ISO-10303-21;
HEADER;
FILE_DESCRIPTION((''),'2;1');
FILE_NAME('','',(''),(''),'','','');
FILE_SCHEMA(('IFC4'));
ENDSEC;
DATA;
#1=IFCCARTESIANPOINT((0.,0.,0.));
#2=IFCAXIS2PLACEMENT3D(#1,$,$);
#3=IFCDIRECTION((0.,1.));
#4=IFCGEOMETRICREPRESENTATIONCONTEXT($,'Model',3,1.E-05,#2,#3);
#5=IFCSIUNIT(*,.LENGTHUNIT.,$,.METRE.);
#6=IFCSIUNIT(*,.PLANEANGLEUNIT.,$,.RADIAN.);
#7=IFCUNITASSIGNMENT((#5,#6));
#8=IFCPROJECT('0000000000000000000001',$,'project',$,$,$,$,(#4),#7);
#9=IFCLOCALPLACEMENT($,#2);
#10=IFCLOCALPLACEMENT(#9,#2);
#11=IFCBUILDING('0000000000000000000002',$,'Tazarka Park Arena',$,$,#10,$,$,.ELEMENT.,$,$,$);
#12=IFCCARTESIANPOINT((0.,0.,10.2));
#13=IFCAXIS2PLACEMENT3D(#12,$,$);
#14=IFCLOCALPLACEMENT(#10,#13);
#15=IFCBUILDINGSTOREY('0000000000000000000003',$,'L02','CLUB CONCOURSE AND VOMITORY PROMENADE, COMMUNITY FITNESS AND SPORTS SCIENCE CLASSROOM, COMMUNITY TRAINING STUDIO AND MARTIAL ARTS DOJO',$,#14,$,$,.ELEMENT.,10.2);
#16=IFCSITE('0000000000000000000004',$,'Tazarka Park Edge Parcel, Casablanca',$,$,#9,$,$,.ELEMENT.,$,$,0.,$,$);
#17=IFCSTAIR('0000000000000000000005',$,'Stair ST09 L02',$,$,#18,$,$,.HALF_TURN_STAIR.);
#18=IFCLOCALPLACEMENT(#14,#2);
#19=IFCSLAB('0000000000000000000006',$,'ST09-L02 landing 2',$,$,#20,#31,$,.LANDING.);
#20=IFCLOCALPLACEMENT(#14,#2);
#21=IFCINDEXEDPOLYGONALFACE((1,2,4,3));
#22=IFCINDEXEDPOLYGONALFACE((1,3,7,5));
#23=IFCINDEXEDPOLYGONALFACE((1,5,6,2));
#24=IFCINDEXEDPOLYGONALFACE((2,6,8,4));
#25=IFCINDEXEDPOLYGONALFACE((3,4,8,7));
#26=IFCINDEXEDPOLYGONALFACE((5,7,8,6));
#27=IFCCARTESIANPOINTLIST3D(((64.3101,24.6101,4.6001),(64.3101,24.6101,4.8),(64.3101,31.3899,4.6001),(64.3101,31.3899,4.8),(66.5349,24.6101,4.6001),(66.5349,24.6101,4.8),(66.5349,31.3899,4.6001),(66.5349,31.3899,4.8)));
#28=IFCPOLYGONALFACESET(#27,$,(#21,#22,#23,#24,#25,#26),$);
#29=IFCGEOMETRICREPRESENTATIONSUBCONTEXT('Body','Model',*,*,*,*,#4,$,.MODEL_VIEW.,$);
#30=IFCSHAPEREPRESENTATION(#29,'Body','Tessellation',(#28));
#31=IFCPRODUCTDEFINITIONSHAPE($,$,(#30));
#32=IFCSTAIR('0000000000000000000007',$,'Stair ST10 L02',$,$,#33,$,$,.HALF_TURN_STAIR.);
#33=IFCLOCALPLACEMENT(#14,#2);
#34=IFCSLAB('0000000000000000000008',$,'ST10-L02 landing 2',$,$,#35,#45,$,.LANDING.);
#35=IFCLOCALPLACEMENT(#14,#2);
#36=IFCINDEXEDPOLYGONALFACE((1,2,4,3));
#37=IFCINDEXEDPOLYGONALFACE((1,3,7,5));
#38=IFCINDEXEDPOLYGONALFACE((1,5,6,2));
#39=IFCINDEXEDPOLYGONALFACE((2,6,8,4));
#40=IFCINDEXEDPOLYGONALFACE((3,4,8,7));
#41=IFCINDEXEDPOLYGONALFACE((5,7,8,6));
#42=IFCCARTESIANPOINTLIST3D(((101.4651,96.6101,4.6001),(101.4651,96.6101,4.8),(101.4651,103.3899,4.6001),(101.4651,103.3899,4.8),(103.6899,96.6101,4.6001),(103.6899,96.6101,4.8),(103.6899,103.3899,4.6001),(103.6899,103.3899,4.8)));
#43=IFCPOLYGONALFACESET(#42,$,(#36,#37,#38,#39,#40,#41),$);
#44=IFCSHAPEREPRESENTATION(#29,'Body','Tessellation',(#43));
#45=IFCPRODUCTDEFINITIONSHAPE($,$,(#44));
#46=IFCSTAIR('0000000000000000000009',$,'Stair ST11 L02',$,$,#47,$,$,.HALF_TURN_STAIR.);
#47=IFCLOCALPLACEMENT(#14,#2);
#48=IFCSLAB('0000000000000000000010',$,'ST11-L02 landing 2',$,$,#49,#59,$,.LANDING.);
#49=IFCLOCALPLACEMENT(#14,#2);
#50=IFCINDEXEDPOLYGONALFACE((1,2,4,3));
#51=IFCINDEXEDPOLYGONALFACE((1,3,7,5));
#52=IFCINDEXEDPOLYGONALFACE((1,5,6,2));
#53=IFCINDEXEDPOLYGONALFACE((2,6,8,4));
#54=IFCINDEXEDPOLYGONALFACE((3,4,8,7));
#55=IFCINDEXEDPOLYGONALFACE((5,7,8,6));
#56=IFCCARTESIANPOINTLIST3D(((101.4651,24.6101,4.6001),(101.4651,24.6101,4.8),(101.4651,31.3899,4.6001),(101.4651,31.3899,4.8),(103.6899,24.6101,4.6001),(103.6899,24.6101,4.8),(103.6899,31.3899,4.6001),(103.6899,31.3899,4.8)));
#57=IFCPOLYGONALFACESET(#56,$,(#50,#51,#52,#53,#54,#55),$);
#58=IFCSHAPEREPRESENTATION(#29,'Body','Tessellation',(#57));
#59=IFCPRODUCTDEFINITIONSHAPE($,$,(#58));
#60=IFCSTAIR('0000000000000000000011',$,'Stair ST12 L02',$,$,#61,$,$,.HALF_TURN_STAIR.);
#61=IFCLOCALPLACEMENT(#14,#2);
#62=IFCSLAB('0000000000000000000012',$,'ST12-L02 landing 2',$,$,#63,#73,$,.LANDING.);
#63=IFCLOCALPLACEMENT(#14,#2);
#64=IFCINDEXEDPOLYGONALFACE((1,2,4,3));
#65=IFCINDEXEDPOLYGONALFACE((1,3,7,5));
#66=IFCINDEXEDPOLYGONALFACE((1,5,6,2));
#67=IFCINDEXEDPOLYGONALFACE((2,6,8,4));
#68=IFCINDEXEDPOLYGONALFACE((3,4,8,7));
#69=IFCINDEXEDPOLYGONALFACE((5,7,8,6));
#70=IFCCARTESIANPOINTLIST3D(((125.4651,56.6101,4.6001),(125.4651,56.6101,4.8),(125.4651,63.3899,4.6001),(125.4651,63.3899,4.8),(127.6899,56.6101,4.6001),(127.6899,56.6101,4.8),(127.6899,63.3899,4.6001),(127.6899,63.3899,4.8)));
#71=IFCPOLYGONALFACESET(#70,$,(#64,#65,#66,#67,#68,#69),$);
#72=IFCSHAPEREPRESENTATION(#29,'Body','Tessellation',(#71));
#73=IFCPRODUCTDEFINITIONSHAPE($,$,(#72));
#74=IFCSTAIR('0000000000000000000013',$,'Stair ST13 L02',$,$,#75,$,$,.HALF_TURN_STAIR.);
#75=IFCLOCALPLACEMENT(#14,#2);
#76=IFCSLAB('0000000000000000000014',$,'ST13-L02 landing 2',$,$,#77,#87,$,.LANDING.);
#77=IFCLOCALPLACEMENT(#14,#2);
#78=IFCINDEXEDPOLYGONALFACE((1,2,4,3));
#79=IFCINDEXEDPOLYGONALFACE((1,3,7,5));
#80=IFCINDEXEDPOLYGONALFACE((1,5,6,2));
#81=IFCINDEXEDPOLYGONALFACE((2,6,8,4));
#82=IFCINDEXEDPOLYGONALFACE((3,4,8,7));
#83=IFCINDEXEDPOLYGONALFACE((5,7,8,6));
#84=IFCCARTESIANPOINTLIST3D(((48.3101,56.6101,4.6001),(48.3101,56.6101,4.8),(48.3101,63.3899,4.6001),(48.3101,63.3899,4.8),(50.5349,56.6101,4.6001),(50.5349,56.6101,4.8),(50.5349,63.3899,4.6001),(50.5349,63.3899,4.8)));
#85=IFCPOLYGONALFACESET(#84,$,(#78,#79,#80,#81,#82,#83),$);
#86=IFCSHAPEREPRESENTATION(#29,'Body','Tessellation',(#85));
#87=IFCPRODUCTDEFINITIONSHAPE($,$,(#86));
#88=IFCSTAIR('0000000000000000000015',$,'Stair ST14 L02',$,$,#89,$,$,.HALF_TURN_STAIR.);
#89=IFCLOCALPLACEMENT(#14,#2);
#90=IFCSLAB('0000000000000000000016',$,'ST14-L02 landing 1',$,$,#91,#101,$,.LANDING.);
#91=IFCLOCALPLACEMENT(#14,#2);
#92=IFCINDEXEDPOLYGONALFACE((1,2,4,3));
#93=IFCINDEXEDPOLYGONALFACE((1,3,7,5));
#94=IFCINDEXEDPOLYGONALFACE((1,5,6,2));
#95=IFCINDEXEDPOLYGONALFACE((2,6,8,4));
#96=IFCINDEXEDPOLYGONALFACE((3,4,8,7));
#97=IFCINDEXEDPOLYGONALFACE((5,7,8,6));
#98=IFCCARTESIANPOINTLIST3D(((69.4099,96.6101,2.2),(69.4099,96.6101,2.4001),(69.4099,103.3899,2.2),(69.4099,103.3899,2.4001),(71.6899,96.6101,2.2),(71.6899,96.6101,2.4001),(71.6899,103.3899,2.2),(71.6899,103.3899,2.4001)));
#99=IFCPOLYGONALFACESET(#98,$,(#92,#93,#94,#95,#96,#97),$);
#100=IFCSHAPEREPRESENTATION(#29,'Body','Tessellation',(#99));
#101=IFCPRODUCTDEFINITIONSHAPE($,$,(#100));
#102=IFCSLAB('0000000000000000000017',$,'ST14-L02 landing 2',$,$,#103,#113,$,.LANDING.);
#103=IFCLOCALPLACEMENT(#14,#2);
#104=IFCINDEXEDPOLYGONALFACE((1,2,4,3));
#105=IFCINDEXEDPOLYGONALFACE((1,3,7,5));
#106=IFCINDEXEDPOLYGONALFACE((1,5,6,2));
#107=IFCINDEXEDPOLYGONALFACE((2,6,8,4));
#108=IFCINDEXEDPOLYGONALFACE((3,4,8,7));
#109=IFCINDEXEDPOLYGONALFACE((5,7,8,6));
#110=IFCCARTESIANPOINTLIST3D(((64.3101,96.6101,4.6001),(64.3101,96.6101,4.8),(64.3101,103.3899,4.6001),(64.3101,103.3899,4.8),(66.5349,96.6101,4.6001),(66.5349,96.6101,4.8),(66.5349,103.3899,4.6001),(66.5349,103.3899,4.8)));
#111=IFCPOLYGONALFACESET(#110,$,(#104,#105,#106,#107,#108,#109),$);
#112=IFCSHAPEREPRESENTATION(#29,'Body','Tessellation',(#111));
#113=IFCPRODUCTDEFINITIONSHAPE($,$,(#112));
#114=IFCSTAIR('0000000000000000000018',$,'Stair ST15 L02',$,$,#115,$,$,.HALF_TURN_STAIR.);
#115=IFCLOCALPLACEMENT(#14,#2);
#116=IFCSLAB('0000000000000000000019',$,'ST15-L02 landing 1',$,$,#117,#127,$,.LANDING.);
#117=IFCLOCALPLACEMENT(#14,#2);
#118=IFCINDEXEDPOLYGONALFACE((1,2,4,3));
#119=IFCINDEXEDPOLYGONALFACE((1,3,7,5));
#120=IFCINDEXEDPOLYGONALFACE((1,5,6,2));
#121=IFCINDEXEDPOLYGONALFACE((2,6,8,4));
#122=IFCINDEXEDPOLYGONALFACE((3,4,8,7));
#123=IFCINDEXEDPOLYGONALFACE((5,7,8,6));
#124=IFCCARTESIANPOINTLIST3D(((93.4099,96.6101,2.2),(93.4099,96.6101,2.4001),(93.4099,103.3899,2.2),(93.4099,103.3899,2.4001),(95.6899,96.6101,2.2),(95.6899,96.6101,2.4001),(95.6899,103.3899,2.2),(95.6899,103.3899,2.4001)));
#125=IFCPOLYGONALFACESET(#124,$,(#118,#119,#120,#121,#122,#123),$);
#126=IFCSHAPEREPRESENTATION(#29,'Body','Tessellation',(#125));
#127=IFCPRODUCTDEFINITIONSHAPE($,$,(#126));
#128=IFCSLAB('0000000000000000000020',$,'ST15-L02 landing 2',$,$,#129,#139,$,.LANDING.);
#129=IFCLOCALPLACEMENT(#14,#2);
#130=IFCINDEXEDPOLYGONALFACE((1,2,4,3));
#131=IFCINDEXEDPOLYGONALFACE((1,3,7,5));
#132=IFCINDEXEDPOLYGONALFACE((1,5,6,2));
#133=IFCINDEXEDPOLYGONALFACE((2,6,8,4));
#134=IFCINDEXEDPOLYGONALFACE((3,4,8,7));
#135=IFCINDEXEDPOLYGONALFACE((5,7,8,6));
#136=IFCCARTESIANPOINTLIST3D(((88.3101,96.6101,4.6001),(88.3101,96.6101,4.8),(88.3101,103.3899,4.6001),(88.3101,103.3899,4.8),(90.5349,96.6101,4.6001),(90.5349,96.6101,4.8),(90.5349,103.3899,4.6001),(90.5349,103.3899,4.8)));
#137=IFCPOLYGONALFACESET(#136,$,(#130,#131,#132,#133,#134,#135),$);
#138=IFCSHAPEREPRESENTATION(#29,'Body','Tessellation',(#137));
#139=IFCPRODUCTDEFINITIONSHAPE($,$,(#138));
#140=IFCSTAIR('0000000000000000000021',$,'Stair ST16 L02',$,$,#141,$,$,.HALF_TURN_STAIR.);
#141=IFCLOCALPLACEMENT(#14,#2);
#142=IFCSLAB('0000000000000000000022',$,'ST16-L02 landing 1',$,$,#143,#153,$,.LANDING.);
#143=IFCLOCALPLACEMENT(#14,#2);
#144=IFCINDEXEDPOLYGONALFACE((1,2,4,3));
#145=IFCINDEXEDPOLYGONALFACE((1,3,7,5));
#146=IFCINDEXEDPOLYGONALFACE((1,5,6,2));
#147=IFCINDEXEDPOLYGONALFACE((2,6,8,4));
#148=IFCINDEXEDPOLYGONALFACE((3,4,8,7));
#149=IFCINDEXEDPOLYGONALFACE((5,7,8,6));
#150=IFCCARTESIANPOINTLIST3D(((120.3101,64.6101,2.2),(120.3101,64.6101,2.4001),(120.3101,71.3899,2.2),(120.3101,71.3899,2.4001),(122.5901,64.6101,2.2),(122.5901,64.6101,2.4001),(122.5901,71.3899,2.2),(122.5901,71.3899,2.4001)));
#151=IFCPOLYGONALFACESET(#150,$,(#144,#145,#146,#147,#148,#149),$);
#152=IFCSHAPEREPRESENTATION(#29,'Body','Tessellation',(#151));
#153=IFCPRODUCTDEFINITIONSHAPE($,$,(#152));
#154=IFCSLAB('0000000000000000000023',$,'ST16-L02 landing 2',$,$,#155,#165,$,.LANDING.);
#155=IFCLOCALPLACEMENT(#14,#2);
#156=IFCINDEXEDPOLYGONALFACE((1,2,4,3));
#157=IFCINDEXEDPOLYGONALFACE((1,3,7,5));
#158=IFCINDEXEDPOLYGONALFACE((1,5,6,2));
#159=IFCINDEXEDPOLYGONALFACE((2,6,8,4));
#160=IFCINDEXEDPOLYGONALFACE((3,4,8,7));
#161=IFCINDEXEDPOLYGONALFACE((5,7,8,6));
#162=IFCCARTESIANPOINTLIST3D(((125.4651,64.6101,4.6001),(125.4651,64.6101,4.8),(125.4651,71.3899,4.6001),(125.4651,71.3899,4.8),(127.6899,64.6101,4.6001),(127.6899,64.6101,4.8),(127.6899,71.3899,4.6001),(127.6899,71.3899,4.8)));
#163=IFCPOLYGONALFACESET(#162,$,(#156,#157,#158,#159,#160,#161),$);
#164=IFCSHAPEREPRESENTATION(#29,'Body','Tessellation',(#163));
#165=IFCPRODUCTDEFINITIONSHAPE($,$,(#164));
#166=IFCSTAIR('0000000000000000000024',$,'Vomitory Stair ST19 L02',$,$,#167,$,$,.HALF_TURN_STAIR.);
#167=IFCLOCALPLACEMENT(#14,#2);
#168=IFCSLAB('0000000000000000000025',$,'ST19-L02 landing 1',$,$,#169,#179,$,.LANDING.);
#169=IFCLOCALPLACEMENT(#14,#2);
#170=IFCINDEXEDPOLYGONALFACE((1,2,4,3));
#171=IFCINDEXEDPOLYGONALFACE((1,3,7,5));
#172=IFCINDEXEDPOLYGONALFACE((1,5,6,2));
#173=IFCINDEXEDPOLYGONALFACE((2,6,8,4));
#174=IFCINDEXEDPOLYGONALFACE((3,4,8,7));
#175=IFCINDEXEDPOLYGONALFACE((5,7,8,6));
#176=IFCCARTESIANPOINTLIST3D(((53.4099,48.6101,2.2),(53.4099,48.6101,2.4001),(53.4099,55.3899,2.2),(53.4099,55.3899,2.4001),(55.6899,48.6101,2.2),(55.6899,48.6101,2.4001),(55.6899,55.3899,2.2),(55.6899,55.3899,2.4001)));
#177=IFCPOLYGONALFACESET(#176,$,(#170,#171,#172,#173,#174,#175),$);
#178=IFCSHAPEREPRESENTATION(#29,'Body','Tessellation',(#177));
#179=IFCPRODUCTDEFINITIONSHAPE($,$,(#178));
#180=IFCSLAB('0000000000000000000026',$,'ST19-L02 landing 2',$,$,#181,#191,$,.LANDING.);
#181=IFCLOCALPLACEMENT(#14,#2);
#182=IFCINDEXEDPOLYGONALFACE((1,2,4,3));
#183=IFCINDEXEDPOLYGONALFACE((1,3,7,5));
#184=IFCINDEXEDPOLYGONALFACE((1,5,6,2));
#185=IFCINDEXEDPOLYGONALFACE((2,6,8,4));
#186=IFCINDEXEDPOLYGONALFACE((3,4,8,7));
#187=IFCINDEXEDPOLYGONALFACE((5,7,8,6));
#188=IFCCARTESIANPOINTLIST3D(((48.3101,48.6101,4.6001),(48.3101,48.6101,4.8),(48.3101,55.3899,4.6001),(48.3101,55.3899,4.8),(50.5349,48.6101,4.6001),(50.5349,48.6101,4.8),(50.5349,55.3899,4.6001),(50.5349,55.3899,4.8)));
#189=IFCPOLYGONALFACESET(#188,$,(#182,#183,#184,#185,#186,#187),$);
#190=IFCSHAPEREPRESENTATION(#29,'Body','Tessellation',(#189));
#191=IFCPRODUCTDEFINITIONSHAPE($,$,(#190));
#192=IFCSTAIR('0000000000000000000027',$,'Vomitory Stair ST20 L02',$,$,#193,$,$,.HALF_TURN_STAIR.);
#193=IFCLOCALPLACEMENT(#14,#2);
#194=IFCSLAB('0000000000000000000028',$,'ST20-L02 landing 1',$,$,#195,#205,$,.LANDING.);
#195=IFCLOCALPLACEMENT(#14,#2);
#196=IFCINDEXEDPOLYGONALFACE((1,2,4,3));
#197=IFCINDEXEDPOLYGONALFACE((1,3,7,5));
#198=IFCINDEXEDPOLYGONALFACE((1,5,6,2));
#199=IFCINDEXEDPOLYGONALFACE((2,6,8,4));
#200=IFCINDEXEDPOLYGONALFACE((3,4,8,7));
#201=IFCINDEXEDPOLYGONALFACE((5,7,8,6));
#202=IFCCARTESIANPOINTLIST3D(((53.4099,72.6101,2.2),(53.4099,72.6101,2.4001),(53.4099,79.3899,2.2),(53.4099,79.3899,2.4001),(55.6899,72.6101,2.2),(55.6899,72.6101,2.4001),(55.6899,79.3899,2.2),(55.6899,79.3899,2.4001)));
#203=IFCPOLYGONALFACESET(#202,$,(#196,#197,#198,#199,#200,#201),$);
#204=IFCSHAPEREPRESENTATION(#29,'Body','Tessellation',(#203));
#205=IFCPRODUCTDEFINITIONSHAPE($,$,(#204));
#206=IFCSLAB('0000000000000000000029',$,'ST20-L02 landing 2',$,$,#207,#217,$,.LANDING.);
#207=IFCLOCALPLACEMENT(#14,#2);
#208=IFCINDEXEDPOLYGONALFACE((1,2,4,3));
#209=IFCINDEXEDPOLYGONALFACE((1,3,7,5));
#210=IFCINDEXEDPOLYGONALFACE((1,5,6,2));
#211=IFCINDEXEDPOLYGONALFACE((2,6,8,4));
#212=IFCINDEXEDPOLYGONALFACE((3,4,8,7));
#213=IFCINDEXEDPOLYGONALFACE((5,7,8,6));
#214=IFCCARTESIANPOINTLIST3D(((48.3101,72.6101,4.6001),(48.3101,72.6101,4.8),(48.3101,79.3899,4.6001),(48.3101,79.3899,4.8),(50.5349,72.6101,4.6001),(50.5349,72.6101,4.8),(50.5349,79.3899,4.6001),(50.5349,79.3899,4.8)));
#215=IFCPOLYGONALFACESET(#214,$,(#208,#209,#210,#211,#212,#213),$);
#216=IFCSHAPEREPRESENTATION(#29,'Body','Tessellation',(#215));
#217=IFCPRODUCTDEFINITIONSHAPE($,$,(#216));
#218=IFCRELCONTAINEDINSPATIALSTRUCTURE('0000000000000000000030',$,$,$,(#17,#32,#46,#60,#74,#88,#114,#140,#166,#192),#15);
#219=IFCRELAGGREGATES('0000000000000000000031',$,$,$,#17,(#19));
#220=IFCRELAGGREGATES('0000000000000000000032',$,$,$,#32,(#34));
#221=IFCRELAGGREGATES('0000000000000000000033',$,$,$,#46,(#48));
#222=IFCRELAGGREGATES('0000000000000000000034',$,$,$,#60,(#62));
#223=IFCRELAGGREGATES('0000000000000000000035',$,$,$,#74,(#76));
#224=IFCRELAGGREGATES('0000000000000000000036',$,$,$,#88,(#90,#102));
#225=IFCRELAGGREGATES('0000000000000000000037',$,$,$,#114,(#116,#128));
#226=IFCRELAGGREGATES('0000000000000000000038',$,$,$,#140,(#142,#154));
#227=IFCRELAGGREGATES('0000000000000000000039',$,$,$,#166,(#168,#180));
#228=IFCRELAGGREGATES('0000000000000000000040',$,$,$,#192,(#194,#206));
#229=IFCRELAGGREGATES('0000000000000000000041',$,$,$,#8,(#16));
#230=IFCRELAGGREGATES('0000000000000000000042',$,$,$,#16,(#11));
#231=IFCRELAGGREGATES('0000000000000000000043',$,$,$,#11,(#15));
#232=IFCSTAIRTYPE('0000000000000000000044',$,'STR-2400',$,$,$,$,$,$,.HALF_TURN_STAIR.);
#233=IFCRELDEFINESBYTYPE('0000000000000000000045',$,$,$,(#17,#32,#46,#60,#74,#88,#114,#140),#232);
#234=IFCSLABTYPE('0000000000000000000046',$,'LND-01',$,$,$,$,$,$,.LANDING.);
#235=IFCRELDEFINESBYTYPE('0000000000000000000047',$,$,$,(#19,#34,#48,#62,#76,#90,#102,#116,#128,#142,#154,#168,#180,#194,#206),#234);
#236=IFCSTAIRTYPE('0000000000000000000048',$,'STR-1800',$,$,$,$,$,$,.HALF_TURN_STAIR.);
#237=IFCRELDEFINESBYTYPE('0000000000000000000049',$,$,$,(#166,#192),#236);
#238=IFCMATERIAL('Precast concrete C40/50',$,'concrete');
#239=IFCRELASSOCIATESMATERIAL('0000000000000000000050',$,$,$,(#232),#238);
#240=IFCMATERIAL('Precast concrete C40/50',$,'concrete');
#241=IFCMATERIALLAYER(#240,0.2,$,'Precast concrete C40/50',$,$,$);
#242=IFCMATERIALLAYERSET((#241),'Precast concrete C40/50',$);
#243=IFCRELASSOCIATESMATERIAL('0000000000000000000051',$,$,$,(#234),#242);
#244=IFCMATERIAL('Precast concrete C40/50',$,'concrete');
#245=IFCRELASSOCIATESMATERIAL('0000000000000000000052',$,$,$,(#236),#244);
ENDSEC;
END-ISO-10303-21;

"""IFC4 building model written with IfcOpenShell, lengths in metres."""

from ifc_helpers import new_model, si_unit, direction, frame, origin, place, context, subcontext, project, spatial, polyline, outline, extrude, material, layer, layer_set, type_object, element, aggregate, save


model = new_model("IFC4")

# Units and contexts
model_context = context("Model", 3, precision=1e-05, world=origin(), true_north=direction((0.0, 1.0)))
body_context = subcontext(model_context, "Body", "Model", "MODEL_VIEW")
ifc_project = project(units=[si_unit("LENGTHUNIT", "METRE"), si_unit("PLANEANGLEUNIT", "RADIAN")], contexts=[model_context])

# Site, building, storey
site_placement = place(None, origin())
site = spatial("IfcSite", under=ifc_project, at=site_placement, Name="Tazarka Park Edge Parcel, Casablanca", CompositionType="ELEMENT", RefElevation=0.0)
building_placement = place(site_placement, origin())
building = spatial("IfcBuilding", under=site, at=building_placement, Name="Tazarka Park Arena", CompositionType="ELEMENT")
storey_placement = place(building_placement, frame((0.0, 0.0, 10.2)))
storey = spatial("IfcBuildingStorey", under=building, at=storey_placement, Name="L02", Description="CLUB CONCOURSE AND VOMITORY PROMENADE, COMMUNITY FITNESS AND SPORTS SCIENCE CLASSROOM, COMMUNITY TRAINING STUDIO AND MARTIAL ARTS DOJO", CompositionType="ELEMENT", Elevation=10.2)

# Stairs, slabs
ifc_material_1 = material(Name="Precast concrete C40/50", Category="concrete")
stair_type_1 = type_object("IfcStairType", Name="STR-2400", PredefinedType="HALF_TURN_STAIR", material=ifc_material_1)
stair_1_placement = place(storey_placement, origin())
stair_1 = element("IfcStair", 1, at=stair_1_placement, inside=storey, type_object=stair_type_1, Name="Stair ST09 L02", PredefinedType="HALF_TURN_STAIR")
ifc_material_2 = material(Name="Precast concrete C40/50", Category="concrete")
ifc_layer = layer(ifc_material_2, 0.2, Name="Precast concrete C40/50")
ifc_layer_set = layer_set([ifc_layer], Name="Precast concrete C40/50")
slab_type = type_object("IfcSlabType", Name="LND-01", PredefinedType="LANDING", material=ifc_layer_set)
slab_1_placement = place(storey_placement, frame((0.0, 0.0, 4.6001)))
slab_1 = element("IfcSlab", 2, at=slab_1_placement, type_object=slab_type, Name="ST09-L02 landing 2", PredefinedType="LANDING", context=body_context, shape_type="SweptSolid", body=[
    extrude(outline(polyline([(64.3101, 24.6101), (66.5349, 24.6101), (66.5349, 31.3899), (64.3101, 31.3899), (64.3101, 24.6101)])), origin(), (0.0, 0.0, 1.0), 0.2),
])
aggregate(stair_1, [slab_1])
stair_2_placement = place(storey_placement, origin())
stair_2 = element("IfcStair", 3, at=stair_2_placement, inside=storey, type_object=stair_type_1, Name="Stair ST10 L02", PredefinedType="HALF_TURN_STAIR")
slab_2_placement = place(storey_placement, frame((0.0, 0.0, 4.6001)))
slab_2 = element("IfcSlab", 4, at=slab_2_placement, type_object=slab_type, Name="ST10-L02 landing 2", PredefinedType="LANDING", context=body_context, shape_type="SweptSolid", body=[
    extrude(outline(polyline([(101.4651, 96.6101), (103.6899, 96.6101), (103.6899, 103.3899), (101.4651, 103.3899), (101.4651, 96.6101)])), origin(), (0.0, 0.0, 1.0), 0.2),
])
aggregate(stair_2, [slab_2])
stair_3_placement = place(storey_placement, origin())
stair_3 = element("IfcStair", 5, at=stair_3_placement, inside=storey, type_object=stair_type_1, Name="Stair ST11 L02", PredefinedType="HALF_TURN_STAIR")
slab_3_placement = place(storey_placement, frame((0.0, 0.0, 4.6001)))
slab_3 = element("IfcSlab", 6, at=slab_3_placement, type_object=slab_type, Name="ST11-L02 landing 2", PredefinedType="LANDING", context=body_context, shape_type="SweptSolid", body=[
    extrude(outline(polyline([(101.4651, 24.6101), (103.6899, 24.6101), (103.6899, 31.3899), (101.4651, 31.3899), (101.4651, 24.6101)])), origin(), (0.0, 0.0, 1.0), 0.2),
])
aggregate(stair_3, [slab_3])
stair_4_placement = place(storey_placement, origin())
stair_4 = element("IfcStair", 7, at=stair_4_placement, inside=storey, type_object=stair_type_1, Name="Stair ST12 L02", PredefinedType="HALF_TURN_STAIR")
slab_4_placement = place(storey_placement, frame((0.0, 0.0, 4.6001)))
slab_4 = element("IfcSlab", 8, at=slab_4_placement, type_object=slab_type, Name="ST12-L02 landing 2", PredefinedType="LANDING", context=body_context, shape_type="SweptSolid", body=[
    extrude(outline(polyline([(125.4651, 56.6101), (127.6899, 56.6101), (127.6899, 63.3899), (125.4651, 63.3899), (125.4651, 56.6101)])), origin(), (0.0, 0.0, 1.0), 0.2),
])
aggregate(stair_4, [slab_4])
stair_5_placement = place(storey_placement, origin())
stair_5 = element("IfcStair", 9, at=stair_5_placement, inside=storey, type_object=stair_type_1, Name="Stair ST13 L02", PredefinedType="HALF_TURN_STAIR")
slab_5_placement = place(storey_placement, frame((0.0, 0.0, 4.6001)))
slab_5 = element("IfcSlab", 10, at=slab_5_placement, type_object=slab_type, Name="ST13-L02 landing 2", PredefinedType="LANDING", context=body_context, shape_type="SweptSolid", body=[
    extrude(outline(polyline([(48.3101, 56.6101), (50.5349, 56.6101), (50.5349, 63.3899), (48.3101, 63.3899), (48.3101, 56.6101)])), origin(), (0.0, 0.0, 1.0), 0.2),
])
aggregate(stair_5, [slab_5])

# Stairs, slabs
stair_6_placement = place(storey_placement, origin())
stair_6 = element("IfcStair", 11, at=stair_6_placement, inside=storey, type_object=stair_type_1, Name="Stair ST14 L02", PredefinedType="HALF_TURN_STAIR")
slab_6_placement = place(storey_placement, frame((0.0, 0.0, 2.2)))
slab_6 = element("IfcSlab", 12, at=slab_6_placement, type_object=slab_type, Name="ST14-L02 landing 1", PredefinedType="LANDING", context=body_context, shape_type="SweptSolid", body=[
    extrude(outline(polyline([(69.4099, 96.6101), (71.6899, 96.6101), (71.6899, 103.3899), (69.4099, 103.3899), (69.4099, 96.6101)])), origin(), (0.0, 0.0, 1.0), 0.2002),
])
slab_7_placement = place(storey_placement, frame((0.0, 0.0, 4.6001)))
slab_7 = element("IfcSlab", 13, at=slab_7_placement, type_object=slab_type, Name="ST14-L02 landing 2", PredefinedType="LANDING", context=body_context, shape_type="SweptSolid", body=[
    extrude(outline(polyline([(64.3101, 96.6101), (66.5349, 96.6101), (66.5349, 103.3899), (64.3101, 103.3899), (64.3101, 96.6101)])), origin(), (0.0, 0.0, 1.0), 0.2),
])
aggregate(stair_6, [slab_6, slab_7])
stair_7_placement = place(storey_placement, origin())
stair_7 = element("IfcStair", 14, at=stair_7_placement, inside=storey, type_object=stair_type_1, Name="Stair ST15 L02", PredefinedType="HALF_TURN_STAIR")
slab_8_placement = place(storey_placement, frame((0.0, 0.0, 2.2)))
slab_8 = element("IfcSlab", 15, at=slab_8_placement, type_object=slab_type, Name="ST15-L02 landing 1", PredefinedType="LANDING", context=body_context, shape_type="SweptSolid", body=[
    extrude(outline(polyline([(93.4099, 96.6101), (95.6899, 96.6101), (95.6899, 103.3899), (93.4099, 103.3899), (93.4099, 96.6101)])), origin(), (0.0, 0.0, 1.0), 0.2002),
])
slab_9_placement = place(storey_placement, frame((0.0, 0.0, 4.6001)))
slab_9 = element("IfcSlab", 16, at=slab_9_placement, type_object=slab_type, Name="ST15-L02 landing 2", PredefinedType="LANDING", context=body_context, shape_type="SweptSolid", body=[
    extrude(outline(polyline([(88.3101, 96.6101), (90.5349, 96.6101), (90.5349, 103.3899), (88.3101, 103.3899), (88.3101, 96.6101)])), origin(), (0.0, 0.0, 1.0), 0.2),
])
aggregate(stair_7, [slab_8, slab_9])
stair_8_placement = place(storey_placement, origin())
stair_8 = element("IfcStair", 17, at=stair_8_placement, inside=storey, type_object=stair_type_1, Name="Stair ST16 L02", PredefinedType="HALF_TURN_STAIR")
slab_10_placement = place(storey_placement, frame((0.0, 0.0, 2.2)))
slab_10 = element("IfcSlab", 18, at=slab_10_placement, type_object=slab_type, Name="ST16-L02 landing 1", PredefinedType="LANDING", context=body_context, shape_type="SweptSolid", body=[
    extrude(outline(polyline([(120.3101, 64.6101), (122.5901, 64.6101), (122.5901, 71.3899), (120.3101, 71.3899), (120.3101, 64.6101)])), origin(), (0.0, 0.0, 1.0), 0.2002),
])
slab_11_placement = place(storey_placement, frame((0.0, 0.0, 4.6001)))
slab_11 = element("IfcSlab", 19, at=slab_11_placement, type_object=slab_type, Name="ST16-L02 landing 2", PredefinedType="LANDING", context=body_context, shape_type="SweptSolid", body=[
    extrude(outline(polyline([(125.4651, 64.6101), (127.6899, 64.6101), (127.6899, 71.3899), (125.4651, 71.3899), (125.4651, 64.6101)])), origin(), (0.0, 0.0, 1.0), 0.2),
])
aggregate(stair_8, [slab_10, slab_11])
ifc_material_3 = material(Name="Precast concrete C40/50", Category="concrete")
stair_type_2 = type_object("IfcStairType", Name="STR-1800", PredefinedType="HALF_TURN_STAIR", material=ifc_material_3)
stair_9_placement = place(storey_placement, origin())
stair_9 = element("IfcStair", 20, at=stair_9_placement, inside=storey, type_object=stair_type_2, Name="Vomitory Stair ST19 L02", PredefinedType="HALF_TURN_STAIR")
slab_12_placement = place(storey_placement, frame((0.0, 0.0, 2.2)))
slab_12 = element("IfcSlab", 21, at=slab_12_placement, type_object=slab_type, Name="ST19-L02 landing 1", PredefinedType="LANDING", context=body_context, shape_type="SweptSolid", body=[
    extrude(outline(polyline([(53.4099, 48.6101), (55.6899, 48.6101), (55.6899, 55.3899), (53.4099, 55.3899), (53.4099, 48.6101)])), origin(), (0.0, 0.0, 1.0), 0.2002),
])
slab_13_placement = place(storey_placement, frame((0.0, 0.0, 4.6001)))
slab_13 = element("IfcSlab", 22, at=slab_13_placement, type_object=slab_type, Name="ST19-L02 landing 2", PredefinedType="LANDING", context=body_context, shape_type="SweptSolid", body=[
    extrude(outline(polyline([(48.3101, 48.6101), (50.5349, 48.6101), (50.5349, 55.3899), (48.3101, 55.3899), (48.3101, 48.6101)])), origin(), (0.0, 0.0, 1.0), 0.2),
])
aggregate(stair_9, [slab_12, slab_13])
stair_10_placement = place(storey_placement, origin())
stair_10 = element("IfcStair", 23, at=stair_10_placement, inside=storey, type_object=stair_type_2, Name="Vomitory Stair ST20 L02", PredefinedType="HALF_TURN_STAIR")
slab_14_placement = place(storey_placement, frame((0.0, 0.0, 2.2)))
slab_14 = element("IfcSlab", 24, at=slab_14_placement, type_object=slab_type, Name="ST20-L02 landing 1", PredefinedType="LANDING", context=body_context, shape_type="SweptSolid", body=[
    extrude(outline(polyline([(53.4099, 72.6101), (55.6899, 72.6101), (55.6899, 79.3899), (53.4099, 79.3899), (53.4099, 72.6101)])), origin(), (0.0, 0.0, 1.0), 0.2002),
])
slab_15_placement = place(storey_placement, frame((0.0, 0.0, 4.6001)))
slab_15 = element("IfcSlab", 25, at=slab_15_placement, type_object=slab_type, Name="ST20-L02 landing 2", PredefinedType="LANDING", context=body_context, shape_type="SweptSolid", body=[
    extrude(outline(polyline([(48.3101, 72.6101), (50.5349, 72.6101), (50.5349, 79.3899), (48.3101, 79.3899), (48.3101, 72.6101)])), origin(), (0.0, 0.0, 1.0), 0.2),
])
aggregate(stair_10, [slab_14, slab_15])

save(model, "model.ifc")
